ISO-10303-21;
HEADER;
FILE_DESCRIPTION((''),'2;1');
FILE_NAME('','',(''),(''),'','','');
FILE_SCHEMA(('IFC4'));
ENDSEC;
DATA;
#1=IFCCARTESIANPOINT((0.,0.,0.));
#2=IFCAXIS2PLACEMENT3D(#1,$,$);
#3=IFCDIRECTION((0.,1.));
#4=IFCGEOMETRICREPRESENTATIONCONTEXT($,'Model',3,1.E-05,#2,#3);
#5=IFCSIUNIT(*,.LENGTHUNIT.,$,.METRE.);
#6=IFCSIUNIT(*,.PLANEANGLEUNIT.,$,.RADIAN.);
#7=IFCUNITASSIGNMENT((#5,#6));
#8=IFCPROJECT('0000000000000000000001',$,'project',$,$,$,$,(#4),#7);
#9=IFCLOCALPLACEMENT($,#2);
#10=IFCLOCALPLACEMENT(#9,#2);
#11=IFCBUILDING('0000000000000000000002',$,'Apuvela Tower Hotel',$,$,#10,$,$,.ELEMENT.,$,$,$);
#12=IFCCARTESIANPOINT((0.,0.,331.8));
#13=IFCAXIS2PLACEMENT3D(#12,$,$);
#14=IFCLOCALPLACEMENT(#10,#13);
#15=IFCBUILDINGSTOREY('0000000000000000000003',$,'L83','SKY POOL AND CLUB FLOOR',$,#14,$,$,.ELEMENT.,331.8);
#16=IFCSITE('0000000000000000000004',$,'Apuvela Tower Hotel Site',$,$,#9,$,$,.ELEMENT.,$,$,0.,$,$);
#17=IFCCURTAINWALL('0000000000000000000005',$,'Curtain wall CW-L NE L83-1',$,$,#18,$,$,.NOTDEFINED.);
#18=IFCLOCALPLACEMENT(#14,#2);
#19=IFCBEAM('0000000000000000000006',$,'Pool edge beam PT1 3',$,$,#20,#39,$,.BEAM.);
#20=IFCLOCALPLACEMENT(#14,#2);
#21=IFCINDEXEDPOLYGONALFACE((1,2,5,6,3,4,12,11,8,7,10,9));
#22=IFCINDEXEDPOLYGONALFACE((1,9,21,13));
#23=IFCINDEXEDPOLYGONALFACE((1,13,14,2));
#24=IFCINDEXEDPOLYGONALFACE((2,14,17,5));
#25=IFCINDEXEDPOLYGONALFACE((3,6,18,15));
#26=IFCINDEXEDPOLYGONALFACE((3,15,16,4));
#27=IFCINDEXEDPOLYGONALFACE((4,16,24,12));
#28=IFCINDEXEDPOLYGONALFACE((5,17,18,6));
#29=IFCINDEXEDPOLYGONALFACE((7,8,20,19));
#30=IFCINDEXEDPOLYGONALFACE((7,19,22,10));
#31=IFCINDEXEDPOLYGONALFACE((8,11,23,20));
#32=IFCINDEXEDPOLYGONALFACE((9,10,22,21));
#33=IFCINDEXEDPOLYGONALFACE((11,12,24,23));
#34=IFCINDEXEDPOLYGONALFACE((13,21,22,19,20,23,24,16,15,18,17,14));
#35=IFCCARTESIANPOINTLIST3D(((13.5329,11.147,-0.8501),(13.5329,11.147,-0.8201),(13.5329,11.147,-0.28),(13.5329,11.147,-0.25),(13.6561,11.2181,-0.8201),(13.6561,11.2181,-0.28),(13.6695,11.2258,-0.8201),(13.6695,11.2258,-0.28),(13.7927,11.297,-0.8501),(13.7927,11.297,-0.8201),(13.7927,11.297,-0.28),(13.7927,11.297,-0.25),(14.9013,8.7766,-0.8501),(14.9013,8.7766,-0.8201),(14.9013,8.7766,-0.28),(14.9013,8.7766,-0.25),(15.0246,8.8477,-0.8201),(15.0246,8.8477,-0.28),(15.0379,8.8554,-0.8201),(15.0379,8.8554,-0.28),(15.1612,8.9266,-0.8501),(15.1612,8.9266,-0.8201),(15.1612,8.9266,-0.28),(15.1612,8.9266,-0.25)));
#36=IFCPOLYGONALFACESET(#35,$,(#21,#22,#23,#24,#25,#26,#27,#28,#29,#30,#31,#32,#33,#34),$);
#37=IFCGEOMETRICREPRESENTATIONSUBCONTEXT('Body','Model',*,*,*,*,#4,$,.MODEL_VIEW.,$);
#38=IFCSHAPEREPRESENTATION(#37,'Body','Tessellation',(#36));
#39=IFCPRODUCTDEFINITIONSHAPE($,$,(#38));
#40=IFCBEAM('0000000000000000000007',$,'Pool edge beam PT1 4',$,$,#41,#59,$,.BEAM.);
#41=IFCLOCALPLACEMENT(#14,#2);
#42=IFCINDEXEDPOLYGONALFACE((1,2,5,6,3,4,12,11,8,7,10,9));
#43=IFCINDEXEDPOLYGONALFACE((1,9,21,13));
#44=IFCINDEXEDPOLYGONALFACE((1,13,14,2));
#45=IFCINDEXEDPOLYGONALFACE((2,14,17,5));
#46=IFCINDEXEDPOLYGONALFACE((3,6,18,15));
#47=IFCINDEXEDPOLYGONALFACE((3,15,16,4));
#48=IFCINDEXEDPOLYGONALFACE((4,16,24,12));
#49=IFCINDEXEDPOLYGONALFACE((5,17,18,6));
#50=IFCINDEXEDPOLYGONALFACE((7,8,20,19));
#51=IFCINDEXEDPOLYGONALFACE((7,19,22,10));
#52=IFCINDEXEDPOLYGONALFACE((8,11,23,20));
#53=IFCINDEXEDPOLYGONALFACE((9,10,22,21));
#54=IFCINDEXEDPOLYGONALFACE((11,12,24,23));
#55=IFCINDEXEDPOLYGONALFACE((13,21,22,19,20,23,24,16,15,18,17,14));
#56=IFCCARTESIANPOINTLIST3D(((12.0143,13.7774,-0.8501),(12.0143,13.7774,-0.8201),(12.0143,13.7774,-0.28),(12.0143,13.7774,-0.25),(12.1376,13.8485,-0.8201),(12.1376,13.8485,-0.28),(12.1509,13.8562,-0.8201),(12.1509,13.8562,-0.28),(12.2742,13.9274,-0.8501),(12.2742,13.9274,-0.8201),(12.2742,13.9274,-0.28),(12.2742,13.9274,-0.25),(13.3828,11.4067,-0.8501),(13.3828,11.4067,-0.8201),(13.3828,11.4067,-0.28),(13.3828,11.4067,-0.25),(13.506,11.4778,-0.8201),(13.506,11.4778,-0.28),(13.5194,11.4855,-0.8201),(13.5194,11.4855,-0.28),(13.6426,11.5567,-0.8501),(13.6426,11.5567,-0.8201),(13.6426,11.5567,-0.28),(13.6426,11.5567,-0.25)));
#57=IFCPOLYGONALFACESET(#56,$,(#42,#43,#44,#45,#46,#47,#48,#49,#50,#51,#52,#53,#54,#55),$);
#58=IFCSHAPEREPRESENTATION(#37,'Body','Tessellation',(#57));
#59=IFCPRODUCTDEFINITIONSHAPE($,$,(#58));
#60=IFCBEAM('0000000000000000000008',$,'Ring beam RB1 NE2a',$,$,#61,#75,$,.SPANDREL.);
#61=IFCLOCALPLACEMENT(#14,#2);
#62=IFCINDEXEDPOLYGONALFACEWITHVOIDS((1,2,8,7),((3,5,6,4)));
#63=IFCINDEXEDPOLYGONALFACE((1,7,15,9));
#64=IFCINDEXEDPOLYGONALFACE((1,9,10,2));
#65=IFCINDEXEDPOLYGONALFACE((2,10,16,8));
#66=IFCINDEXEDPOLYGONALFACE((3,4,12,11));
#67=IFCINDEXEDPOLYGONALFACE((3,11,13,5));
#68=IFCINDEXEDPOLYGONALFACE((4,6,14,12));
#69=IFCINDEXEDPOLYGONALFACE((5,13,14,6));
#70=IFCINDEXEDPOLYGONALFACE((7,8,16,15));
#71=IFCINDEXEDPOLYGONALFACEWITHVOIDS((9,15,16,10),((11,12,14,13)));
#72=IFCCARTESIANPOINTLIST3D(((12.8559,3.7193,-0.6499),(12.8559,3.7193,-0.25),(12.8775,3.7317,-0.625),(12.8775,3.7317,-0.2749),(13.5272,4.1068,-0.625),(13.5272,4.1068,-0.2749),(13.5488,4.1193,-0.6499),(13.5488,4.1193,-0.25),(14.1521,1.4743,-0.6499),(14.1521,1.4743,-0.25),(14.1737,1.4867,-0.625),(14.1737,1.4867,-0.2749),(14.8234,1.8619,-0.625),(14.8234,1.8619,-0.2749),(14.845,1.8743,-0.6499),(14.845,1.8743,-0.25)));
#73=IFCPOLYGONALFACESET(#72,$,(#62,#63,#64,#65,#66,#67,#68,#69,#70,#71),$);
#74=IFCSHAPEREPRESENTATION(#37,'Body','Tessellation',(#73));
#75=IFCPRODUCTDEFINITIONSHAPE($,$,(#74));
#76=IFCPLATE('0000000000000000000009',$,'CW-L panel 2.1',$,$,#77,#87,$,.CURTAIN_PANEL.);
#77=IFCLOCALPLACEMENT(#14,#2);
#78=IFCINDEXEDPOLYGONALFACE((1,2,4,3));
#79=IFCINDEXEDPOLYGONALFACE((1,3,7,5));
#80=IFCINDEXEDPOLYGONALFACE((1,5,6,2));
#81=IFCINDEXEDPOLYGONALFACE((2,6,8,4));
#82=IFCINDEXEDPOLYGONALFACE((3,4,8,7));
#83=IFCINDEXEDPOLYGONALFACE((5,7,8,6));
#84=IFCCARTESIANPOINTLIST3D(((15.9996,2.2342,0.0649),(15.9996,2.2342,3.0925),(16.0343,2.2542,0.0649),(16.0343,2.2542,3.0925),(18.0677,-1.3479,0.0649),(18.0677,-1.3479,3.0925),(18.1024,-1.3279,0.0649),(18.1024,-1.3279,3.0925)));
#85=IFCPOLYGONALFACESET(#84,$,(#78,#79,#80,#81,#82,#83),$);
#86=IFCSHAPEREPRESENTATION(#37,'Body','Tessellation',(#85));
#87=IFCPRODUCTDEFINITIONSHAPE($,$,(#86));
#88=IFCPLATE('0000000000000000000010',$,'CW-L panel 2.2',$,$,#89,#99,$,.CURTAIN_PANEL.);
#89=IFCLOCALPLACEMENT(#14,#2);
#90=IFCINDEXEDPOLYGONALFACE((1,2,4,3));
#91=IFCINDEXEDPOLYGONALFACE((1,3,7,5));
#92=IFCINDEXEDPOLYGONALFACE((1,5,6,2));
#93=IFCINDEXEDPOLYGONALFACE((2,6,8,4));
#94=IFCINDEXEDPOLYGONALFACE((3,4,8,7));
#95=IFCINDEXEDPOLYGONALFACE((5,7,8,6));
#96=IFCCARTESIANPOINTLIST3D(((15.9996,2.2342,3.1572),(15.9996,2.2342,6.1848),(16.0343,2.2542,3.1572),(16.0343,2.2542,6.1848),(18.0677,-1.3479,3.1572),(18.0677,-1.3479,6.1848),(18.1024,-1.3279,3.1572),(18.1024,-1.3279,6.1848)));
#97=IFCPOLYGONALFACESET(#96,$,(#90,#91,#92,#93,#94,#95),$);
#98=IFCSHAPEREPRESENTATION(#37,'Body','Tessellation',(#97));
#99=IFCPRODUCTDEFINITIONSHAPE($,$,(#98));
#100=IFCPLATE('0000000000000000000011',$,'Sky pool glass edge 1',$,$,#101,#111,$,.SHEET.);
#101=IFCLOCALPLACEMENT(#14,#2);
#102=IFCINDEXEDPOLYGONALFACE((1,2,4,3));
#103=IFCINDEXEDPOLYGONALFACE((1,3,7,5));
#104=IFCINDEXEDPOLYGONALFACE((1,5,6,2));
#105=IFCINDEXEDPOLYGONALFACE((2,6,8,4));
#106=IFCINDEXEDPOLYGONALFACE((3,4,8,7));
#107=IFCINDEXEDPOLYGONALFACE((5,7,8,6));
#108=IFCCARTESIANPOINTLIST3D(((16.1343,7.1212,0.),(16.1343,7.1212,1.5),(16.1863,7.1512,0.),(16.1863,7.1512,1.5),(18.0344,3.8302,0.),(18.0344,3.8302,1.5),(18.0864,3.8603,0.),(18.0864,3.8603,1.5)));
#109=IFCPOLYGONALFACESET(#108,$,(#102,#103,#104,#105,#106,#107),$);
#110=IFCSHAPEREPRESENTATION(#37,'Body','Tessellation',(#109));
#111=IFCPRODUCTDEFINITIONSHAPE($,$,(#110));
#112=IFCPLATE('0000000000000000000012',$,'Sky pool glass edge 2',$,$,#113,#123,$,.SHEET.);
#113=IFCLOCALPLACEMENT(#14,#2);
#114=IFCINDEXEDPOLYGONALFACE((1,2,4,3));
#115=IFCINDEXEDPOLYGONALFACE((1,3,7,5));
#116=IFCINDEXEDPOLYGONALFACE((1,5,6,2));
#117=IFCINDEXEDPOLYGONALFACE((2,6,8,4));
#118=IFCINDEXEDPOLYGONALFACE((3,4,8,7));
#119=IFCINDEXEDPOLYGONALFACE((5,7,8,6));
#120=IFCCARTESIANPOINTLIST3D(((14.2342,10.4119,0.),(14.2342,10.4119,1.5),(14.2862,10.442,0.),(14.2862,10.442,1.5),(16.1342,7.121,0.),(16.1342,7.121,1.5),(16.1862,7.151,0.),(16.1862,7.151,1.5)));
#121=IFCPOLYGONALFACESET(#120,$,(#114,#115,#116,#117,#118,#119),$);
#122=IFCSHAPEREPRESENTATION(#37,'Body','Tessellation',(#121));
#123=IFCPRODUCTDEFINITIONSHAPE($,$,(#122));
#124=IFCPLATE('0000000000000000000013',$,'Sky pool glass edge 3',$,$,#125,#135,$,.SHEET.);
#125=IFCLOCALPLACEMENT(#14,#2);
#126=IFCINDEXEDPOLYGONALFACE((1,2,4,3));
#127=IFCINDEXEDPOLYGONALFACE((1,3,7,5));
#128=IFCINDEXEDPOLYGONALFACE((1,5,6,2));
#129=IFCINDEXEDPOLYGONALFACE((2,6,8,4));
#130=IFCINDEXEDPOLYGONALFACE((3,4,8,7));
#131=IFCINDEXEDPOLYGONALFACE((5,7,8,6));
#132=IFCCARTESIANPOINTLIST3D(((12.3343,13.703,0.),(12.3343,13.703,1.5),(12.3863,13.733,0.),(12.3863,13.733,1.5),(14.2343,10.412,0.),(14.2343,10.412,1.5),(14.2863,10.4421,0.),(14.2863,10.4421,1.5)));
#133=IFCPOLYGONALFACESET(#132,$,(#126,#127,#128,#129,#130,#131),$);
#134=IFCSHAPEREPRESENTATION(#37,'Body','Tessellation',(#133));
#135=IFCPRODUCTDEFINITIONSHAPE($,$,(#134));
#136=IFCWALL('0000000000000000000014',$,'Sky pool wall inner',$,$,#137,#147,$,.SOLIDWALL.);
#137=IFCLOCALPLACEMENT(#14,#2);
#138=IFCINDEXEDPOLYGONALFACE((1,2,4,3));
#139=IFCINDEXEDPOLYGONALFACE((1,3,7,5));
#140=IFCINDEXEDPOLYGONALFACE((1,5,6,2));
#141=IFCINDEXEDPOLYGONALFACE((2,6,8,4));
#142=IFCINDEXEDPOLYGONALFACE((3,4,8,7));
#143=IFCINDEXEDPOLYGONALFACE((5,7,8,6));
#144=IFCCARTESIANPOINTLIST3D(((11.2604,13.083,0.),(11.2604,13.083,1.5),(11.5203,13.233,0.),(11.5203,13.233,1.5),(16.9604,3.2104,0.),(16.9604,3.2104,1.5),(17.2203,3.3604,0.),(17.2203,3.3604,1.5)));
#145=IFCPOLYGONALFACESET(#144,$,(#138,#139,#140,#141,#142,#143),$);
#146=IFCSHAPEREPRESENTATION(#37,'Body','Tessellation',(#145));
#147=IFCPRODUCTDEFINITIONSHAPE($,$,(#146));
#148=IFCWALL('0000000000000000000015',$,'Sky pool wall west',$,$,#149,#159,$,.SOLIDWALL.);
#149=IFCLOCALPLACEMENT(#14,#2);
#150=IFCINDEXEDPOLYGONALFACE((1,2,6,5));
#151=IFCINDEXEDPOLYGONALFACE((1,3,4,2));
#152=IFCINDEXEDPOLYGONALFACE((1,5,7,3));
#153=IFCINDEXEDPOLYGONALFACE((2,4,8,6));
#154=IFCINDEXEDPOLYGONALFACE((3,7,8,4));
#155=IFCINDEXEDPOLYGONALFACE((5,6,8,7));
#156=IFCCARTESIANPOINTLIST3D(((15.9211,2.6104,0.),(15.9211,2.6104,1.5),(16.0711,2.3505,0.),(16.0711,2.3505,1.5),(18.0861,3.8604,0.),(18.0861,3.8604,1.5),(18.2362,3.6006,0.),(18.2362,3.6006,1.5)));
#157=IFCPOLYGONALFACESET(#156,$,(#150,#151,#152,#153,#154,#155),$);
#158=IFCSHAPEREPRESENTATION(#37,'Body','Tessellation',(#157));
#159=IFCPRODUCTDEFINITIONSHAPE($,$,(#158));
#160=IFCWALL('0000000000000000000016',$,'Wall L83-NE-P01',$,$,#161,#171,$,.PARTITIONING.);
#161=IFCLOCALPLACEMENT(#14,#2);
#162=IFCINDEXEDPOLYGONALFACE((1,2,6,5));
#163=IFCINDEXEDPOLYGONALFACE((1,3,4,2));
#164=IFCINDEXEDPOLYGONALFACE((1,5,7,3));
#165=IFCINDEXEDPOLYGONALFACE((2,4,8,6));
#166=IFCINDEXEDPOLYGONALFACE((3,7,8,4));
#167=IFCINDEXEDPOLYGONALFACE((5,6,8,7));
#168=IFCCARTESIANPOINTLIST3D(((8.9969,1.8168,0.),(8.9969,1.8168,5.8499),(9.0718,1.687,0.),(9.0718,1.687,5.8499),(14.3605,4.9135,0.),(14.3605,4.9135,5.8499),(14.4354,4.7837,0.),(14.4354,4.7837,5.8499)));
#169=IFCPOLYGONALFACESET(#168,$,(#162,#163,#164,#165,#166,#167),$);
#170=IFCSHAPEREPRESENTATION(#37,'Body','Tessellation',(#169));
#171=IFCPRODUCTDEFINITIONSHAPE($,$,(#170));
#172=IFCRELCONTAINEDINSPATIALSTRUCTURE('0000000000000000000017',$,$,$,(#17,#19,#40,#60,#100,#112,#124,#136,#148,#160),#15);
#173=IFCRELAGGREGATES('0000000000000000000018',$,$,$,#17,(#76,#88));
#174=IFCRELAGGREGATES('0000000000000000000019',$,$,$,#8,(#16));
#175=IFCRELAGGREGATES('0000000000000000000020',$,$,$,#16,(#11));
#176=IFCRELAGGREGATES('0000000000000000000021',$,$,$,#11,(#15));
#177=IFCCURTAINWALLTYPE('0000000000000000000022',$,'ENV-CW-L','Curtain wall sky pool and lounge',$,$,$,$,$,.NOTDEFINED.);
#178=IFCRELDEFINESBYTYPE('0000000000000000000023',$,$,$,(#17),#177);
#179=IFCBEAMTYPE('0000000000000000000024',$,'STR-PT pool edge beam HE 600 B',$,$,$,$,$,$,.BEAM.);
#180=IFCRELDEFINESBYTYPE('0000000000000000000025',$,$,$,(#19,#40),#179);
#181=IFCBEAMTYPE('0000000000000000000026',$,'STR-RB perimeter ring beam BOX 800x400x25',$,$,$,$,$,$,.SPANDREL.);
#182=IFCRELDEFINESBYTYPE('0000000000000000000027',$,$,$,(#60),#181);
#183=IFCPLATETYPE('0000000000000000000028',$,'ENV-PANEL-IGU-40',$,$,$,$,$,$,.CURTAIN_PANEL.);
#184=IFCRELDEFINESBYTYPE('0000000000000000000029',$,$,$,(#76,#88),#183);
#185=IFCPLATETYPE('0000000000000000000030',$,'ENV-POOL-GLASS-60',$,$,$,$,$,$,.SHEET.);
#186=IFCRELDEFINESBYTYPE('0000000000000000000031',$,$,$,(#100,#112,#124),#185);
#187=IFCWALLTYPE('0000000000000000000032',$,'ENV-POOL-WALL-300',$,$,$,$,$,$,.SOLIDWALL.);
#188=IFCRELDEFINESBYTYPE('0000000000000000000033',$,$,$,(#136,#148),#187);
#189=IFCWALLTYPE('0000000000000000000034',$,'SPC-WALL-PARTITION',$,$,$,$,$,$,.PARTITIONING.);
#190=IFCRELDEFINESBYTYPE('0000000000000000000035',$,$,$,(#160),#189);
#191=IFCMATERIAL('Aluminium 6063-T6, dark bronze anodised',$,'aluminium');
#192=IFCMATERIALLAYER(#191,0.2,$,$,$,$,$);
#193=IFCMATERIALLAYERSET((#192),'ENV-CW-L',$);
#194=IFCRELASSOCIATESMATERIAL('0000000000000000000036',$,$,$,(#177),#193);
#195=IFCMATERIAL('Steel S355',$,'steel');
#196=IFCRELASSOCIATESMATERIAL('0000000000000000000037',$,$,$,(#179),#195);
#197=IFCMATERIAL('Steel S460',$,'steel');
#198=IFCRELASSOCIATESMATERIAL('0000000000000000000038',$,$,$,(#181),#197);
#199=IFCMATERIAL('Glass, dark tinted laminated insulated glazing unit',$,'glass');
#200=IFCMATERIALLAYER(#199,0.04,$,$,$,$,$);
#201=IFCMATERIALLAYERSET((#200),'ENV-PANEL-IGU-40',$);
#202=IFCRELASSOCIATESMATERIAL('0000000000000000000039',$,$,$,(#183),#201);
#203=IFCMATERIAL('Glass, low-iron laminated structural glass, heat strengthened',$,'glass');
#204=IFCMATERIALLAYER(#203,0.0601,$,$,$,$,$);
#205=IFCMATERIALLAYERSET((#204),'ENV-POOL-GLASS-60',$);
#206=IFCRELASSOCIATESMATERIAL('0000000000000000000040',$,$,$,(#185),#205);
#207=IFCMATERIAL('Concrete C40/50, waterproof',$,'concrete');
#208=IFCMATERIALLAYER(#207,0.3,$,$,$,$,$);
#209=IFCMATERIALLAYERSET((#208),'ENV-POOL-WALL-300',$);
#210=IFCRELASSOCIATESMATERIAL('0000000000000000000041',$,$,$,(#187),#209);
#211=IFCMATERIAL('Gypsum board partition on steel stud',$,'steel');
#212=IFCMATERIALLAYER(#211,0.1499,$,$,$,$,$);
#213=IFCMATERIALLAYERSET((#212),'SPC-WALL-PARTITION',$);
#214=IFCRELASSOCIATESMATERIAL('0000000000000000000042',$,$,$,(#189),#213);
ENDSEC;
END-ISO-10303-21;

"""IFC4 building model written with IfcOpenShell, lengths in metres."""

from ifc_helpers import new_model, si_unit, direction, frame, frame_2d, origin, origin_2d, place, context, subcontext, project, spatial, rectangle, hollow_rectangle, i_section, extrude, material, layer, layer_set, material_profile, profile_set, type_object, element, aggregate, save


model = new_model("IFC4")

# Units and contexts
model_context = context("Model", 3, precision=1e-05, world=origin(), true_north=direction((0.0, 1.0)))
body_context = subcontext(model_context, "Body", "Model", "MODEL_VIEW")
ifc_project = project(units=[si_unit("LENGTHUNIT", "METRE"), si_unit("PLANEANGLEUNIT", "RADIAN")], contexts=[model_context])

# Site, building, storey
site_placement = place(None, origin())
site = spatial("IfcSite", under=ifc_project, at=site_placement, Name="Apuvela Tower Hotel Site", CompositionType="ELEMENT", RefElevation=0.0)
building_placement = place(site_placement, origin())
building = spatial("IfcBuilding", under=site, at=building_placement, Name="Apuvela Tower Hotel", CompositionType="ELEMENT")
storey_placement = place(building_placement, frame((0.0, 0.0, 331.8)))
storey = spatial("IfcBuildingStorey", under=building, at=storey_placement, Name="L83", Description="SKY POOL AND CLUB FLOOR", CompositionType="ELEMENT", Elevation=331.8)

# Shared definitions
ifc_material_1 = material(Name="Steel S460", Category="steel")

# Curtain wall
ifc_material_2 = material(Name="Aluminium 6063-T6, dark bronze anodised", Category="aluminium")
ifc_layer_1 = layer(ifc_material_2, 0.2)
ifc_layer_set_1 = layer_set([ifc_layer_1], Name="ENV-CW-L")
curtain_wall_type = type_object("IfcCurtainWallType", Name="ENV-CW-L", Description="Curtain wall sky pool and lounge", PredefinedType="NOTDEFINED", material=ifc_layer_set_1)
curtain_wall_placement = place(storey_placement, origin())
curtain_wall = element("IfcCurtainWall", 1, at=curtain_wall_placement, inside=storey, type_object=curtain_wall_type, Name="Curtain wall CW-L NE L83-1", PredefinedType="NOTDEFINED")

# Beams
ifc_material_3 = material(Name="Steel S355", Category="steel")
ifc_material_profile_1 = material_profile(ifc_material_3, i_section(OverallWidth=0.3, OverallDepth=0.6001, WebThickness=0.0154, FlangeThickness=0.03, at=origin_2d()), Name="HE 600 B")
ifc_profile_set_1 = profile_set([ifc_material_profile_1], Name="Steel S355")
beam_type_1 = type_object("IfcBeamType", Name="STR-PT pool edge beam HE 600 B", PredefinedType="BEAM", material=ifc_profile_set_1)
beam_1_placement = place(storey_placement, frame((15.0312, 8.8516, -0.55), z_axis=(-0.499967, 0.866044, 0.0), x_axis=(-0.866044, -0.499967, 0.0)))
element("IfcBeam", 2, at=beam_1_placement, inside=storey, type_object=beam_type_1, Name="Pool edge beam PT1 3", PredefinedType="BEAM", context=body_context, shape_type="SweptSolid", body=[
    extrude(i_section(OverallWidth=0.3, OverallDepth=0.6001, WebThickness=0.0154, FlangeThickness=0.03, at=origin_2d()), origin(), (0.0, 0.0, 1.0), 2.7371),
])
beam_2_placement = place(storey_placement, frame((13.5127, 11.4817, -0.55), z_axis=(-0.499928, 0.866067, 0.0), x_axis=(-0.866067, -0.499928, 0.0)))
element("IfcBeam", 3, at=beam_2_placement, inside=storey, type_object=beam_type_1, Name="Pool edge beam PT1 4", PredefinedType="BEAM", context=body_context, shape_type="SweptSolid", body=[
    extrude(i_section(OverallWidth=0.3, OverallDepth=0.6001, WebThickness=0.0154, FlangeThickness=0.03, at=origin_2d()), origin(), (0.0, 0.0, 1.0), 2.7373),
])
ifc_material_profile_2 = material_profile(ifc_material_1, hollow_rectangle(XDim=0.8, YDim=0.3999, WallThickness=0.0249, at=origin_2d()), Name="BOX 800x400x25")
ifc_profile_set_2 = profile_set([ifc_material_profile_2], Name="Steel S460")
beam_type_2 = type_object("IfcBeamType", Name="STR-RB perimeter ring beam BOX 800x400x25", PredefinedType="SPANDREL", material=ifc_profile_set_2)
beam_3_placement = place(storey_placement, frame((14.4985, 1.6743, -0.45), z_axis=(-0.500019, 0.866015, 0.0), x_axis=(-0.866015, -0.500019, 0.0)))
element("IfcBeam", 4, at=beam_3_placement, inside=storey, type_object=beam_type_2, Name="Ring beam RB1 NE2a", PredefinedType="SPANDREL", context=body_context, shape_type="SweptSolid", body=[
    extrude(hollow_rectangle(XDim=0.8, YDim=0.3999, WallThickness=0.0249, at=origin_2d()), origin(), (0.0, 0.0, 1.0), 2.5923),
])

# Plates
ifc_material_4 = material(Name="Glass, dark tinted laminated insulated glazing unit", Category="glass")
ifc_layer_2 = layer(ifc_material_4, 0.04)
ifc_layer_set_2 = layer_set([ifc_layer_2], Name="ENV-PANEL-IGU-40")
plate_type_1 = type_object("IfcPlateType", Name="ENV-PANEL-IGU-40", PredefinedType="CURTAIN_PANEL", material=ifc_layer_set_2)
plate_1_placement = place(storey_placement, frame((17.051, 0.4531, 0.0649), z_axis=(0.0, 0.0, 1.0), x_axis=(-0.499995, 0.866028, 0.0)))
plate_1 = element("IfcPlate", 5, at=plate_1_placement, type_object=plate_type_1, Name="CW-L panel 2.1", PredefinedType="CURTAIN_PANEL", context=body_context, shape_type="SweptSolid", body=[
    extrude(rectangle(XDim=4.1362, YDim=0.04, at=origin_2d()), origin(), (0.0, 0.0, 1.0), 3.0276),
])
plate_2_placement = place(storey_placement, frame((17.051, 0.4531, 3.1572), z_axis=(0.0, 0.0, 1.0), x_axis=(-0.499995, 0.866028, 0.0)))
plate_2 = element("IfcPlate", 6, at=plate_2_placement, type_object=plate_type_1, Name="CW-L panel 2.2", PredefinedType="CURTAIN_PANEL", context=body_context, shape_type="SweptSolid", body=[
    extrude(rectangle(XDim=4.1362, YDim=0.04, at=origin_2d()), origin(), (0.0, 0.0, 1.0), 3.0276),
])
aggregate(curtain_wall, [plate_1, plate_2])

# Plates
ifc_material_5 = material(Name="Glass, low-iron laminated structural glass, heat strengthened", Category="glass")
ifc_layer_3 = layer(ifc_material_5, 0.0601)
ifc_layer_set_3 = layer_set([ifc_layer_3], Name="ENV-POOL-GLASS-60")
plate_type_2 = type_object("IfcPlateType", Name="ENV-POOL-GLASS-60", PredefinedType="SHEET", material=ifc_layer_set_3)
for number, where, z_axis, x_axis, name in (
    (7, (17.1104, 5.4907, 0.0), (0.0, 0.0, 1.0), (-0.5, 0.866025, 0.0), "Sky pool glass edge 1"),
    (8, (15.2102, 8.7815, 0.0), (0.0, 0.0, 1.0), (-0.5, 0.866025, 0.0), "Sky pool glass edge 2"),
    (9, (13.3103, 12.0725, 0.0), (0.0, 0.0, 1.0), (-0.5, 0.866025, 0.0), "Sky pool glass edge 3"),
):
    element("IfcPlate", number, at=place(storey_placement, frame(where, z_axis=z_axis, x_axis=x_axis)), inside=storey, type_object=plate_type_2, Name=name, PredefinedType="SHEET", context=body_context, shape_type="SweptSolid", body=[
        extrude(rectangle(XDim=3.8, YDim=0.0601, at=origin_2d()), origin(), (0.0, 0.0, 1.0), 1.5),
    ])

# Walls
ifc_material_6 = material(Name="Concrete C40/50, waterproof", Category="concrete")
ifc_layer_4 = layer(ifc_material_6, 0.3)
ifc_layer_set_4 = layer_set([ifc_layer_4], Name="ENV-POOL-WALL-300")
wall_type_1 = type_object("IfcWallType", Name="ENV-POOL-WALL-300", PredefinedType="SOLIDWALL", material=ifc_layer_set_4)
wall_1_placement = place(storey_placement, frame((17.0903, 3.2854, 0.0), z_axis=(0.0, 0.0, 1.0), x_axis=(-0.500002, 0.866024, 0.0)))
element("IfcWall", 10, at=wall_1_placement, inside=storey, type_object=wall_type_1, Name="Sky pool wall inner", PredefinedType="SOLIDWALL", context=body_context, shape_type="SweptSolid", body=[
    extrude(rectangle(XDim=11.3999, YDim=0.3, at=frame_2d((5.7, 0.0))), origin(), (0.0, 0.0, 1.0), 1.5),
])
wall_2_placement = place(storey_placement, frame((15.9961, 2.4805, 0.0), z_axis=(0.0, 0.0, 1.0), x_axis=(0.866023, 0.500004, 0.0)))
element("IfcWall", 11, at=wall_2_placement, inside=storey, type_object=wall_type_1, Name="Sky pool wall west", PredefinedType="SOLIDWALL", context=body_context, shape_type="SweptSolid", body=[
    extrude(rectangle(XDim=2.5, YDim=0.3, at=frame_2d((1.25, 0.0))), origin(), (0.0, 0.0, 1.0), 1.5),
])

# Wall
ifc_material_7 = material(Name="Gypsum board partition on steel stud", Category="steel")
ifc_layer_5 = layer(ifc_material_7, 0.1499)
ifc_layer_set_5 = layer_set([ifc_layer_5], Name="SPC-WALL-PARTITION")
wall_type_2 = type_object("IfcWallType", Name="SPC-WALL-PARTITION", PredefinedType="PARTITIONING", material=ifc_layer_set_5)
wall_3_placement = place(storey_placement, frame((14.3979, 4.8486, 0.0), z_axis=(0.0, 0.0, 1.0), x_axis=(-0.866022, -0.500006, 0.0)))
element("IfcWall", 12, at=wall_3_placement, inside=storey, type_object=wall_type_2, Name="Wall L83-NE-P01", PredefinedType="PARTITIONING", context=body_context, shape_type="SweptSolid", body=[
    extrude(rectangle(XDim=6.1934, YDim=0.1499, at=frame_2d((3.0967, 0.0))), origin(), (0.0, 0.0, 1.0), 5.8499),
])

save(model, "model.ifc")
